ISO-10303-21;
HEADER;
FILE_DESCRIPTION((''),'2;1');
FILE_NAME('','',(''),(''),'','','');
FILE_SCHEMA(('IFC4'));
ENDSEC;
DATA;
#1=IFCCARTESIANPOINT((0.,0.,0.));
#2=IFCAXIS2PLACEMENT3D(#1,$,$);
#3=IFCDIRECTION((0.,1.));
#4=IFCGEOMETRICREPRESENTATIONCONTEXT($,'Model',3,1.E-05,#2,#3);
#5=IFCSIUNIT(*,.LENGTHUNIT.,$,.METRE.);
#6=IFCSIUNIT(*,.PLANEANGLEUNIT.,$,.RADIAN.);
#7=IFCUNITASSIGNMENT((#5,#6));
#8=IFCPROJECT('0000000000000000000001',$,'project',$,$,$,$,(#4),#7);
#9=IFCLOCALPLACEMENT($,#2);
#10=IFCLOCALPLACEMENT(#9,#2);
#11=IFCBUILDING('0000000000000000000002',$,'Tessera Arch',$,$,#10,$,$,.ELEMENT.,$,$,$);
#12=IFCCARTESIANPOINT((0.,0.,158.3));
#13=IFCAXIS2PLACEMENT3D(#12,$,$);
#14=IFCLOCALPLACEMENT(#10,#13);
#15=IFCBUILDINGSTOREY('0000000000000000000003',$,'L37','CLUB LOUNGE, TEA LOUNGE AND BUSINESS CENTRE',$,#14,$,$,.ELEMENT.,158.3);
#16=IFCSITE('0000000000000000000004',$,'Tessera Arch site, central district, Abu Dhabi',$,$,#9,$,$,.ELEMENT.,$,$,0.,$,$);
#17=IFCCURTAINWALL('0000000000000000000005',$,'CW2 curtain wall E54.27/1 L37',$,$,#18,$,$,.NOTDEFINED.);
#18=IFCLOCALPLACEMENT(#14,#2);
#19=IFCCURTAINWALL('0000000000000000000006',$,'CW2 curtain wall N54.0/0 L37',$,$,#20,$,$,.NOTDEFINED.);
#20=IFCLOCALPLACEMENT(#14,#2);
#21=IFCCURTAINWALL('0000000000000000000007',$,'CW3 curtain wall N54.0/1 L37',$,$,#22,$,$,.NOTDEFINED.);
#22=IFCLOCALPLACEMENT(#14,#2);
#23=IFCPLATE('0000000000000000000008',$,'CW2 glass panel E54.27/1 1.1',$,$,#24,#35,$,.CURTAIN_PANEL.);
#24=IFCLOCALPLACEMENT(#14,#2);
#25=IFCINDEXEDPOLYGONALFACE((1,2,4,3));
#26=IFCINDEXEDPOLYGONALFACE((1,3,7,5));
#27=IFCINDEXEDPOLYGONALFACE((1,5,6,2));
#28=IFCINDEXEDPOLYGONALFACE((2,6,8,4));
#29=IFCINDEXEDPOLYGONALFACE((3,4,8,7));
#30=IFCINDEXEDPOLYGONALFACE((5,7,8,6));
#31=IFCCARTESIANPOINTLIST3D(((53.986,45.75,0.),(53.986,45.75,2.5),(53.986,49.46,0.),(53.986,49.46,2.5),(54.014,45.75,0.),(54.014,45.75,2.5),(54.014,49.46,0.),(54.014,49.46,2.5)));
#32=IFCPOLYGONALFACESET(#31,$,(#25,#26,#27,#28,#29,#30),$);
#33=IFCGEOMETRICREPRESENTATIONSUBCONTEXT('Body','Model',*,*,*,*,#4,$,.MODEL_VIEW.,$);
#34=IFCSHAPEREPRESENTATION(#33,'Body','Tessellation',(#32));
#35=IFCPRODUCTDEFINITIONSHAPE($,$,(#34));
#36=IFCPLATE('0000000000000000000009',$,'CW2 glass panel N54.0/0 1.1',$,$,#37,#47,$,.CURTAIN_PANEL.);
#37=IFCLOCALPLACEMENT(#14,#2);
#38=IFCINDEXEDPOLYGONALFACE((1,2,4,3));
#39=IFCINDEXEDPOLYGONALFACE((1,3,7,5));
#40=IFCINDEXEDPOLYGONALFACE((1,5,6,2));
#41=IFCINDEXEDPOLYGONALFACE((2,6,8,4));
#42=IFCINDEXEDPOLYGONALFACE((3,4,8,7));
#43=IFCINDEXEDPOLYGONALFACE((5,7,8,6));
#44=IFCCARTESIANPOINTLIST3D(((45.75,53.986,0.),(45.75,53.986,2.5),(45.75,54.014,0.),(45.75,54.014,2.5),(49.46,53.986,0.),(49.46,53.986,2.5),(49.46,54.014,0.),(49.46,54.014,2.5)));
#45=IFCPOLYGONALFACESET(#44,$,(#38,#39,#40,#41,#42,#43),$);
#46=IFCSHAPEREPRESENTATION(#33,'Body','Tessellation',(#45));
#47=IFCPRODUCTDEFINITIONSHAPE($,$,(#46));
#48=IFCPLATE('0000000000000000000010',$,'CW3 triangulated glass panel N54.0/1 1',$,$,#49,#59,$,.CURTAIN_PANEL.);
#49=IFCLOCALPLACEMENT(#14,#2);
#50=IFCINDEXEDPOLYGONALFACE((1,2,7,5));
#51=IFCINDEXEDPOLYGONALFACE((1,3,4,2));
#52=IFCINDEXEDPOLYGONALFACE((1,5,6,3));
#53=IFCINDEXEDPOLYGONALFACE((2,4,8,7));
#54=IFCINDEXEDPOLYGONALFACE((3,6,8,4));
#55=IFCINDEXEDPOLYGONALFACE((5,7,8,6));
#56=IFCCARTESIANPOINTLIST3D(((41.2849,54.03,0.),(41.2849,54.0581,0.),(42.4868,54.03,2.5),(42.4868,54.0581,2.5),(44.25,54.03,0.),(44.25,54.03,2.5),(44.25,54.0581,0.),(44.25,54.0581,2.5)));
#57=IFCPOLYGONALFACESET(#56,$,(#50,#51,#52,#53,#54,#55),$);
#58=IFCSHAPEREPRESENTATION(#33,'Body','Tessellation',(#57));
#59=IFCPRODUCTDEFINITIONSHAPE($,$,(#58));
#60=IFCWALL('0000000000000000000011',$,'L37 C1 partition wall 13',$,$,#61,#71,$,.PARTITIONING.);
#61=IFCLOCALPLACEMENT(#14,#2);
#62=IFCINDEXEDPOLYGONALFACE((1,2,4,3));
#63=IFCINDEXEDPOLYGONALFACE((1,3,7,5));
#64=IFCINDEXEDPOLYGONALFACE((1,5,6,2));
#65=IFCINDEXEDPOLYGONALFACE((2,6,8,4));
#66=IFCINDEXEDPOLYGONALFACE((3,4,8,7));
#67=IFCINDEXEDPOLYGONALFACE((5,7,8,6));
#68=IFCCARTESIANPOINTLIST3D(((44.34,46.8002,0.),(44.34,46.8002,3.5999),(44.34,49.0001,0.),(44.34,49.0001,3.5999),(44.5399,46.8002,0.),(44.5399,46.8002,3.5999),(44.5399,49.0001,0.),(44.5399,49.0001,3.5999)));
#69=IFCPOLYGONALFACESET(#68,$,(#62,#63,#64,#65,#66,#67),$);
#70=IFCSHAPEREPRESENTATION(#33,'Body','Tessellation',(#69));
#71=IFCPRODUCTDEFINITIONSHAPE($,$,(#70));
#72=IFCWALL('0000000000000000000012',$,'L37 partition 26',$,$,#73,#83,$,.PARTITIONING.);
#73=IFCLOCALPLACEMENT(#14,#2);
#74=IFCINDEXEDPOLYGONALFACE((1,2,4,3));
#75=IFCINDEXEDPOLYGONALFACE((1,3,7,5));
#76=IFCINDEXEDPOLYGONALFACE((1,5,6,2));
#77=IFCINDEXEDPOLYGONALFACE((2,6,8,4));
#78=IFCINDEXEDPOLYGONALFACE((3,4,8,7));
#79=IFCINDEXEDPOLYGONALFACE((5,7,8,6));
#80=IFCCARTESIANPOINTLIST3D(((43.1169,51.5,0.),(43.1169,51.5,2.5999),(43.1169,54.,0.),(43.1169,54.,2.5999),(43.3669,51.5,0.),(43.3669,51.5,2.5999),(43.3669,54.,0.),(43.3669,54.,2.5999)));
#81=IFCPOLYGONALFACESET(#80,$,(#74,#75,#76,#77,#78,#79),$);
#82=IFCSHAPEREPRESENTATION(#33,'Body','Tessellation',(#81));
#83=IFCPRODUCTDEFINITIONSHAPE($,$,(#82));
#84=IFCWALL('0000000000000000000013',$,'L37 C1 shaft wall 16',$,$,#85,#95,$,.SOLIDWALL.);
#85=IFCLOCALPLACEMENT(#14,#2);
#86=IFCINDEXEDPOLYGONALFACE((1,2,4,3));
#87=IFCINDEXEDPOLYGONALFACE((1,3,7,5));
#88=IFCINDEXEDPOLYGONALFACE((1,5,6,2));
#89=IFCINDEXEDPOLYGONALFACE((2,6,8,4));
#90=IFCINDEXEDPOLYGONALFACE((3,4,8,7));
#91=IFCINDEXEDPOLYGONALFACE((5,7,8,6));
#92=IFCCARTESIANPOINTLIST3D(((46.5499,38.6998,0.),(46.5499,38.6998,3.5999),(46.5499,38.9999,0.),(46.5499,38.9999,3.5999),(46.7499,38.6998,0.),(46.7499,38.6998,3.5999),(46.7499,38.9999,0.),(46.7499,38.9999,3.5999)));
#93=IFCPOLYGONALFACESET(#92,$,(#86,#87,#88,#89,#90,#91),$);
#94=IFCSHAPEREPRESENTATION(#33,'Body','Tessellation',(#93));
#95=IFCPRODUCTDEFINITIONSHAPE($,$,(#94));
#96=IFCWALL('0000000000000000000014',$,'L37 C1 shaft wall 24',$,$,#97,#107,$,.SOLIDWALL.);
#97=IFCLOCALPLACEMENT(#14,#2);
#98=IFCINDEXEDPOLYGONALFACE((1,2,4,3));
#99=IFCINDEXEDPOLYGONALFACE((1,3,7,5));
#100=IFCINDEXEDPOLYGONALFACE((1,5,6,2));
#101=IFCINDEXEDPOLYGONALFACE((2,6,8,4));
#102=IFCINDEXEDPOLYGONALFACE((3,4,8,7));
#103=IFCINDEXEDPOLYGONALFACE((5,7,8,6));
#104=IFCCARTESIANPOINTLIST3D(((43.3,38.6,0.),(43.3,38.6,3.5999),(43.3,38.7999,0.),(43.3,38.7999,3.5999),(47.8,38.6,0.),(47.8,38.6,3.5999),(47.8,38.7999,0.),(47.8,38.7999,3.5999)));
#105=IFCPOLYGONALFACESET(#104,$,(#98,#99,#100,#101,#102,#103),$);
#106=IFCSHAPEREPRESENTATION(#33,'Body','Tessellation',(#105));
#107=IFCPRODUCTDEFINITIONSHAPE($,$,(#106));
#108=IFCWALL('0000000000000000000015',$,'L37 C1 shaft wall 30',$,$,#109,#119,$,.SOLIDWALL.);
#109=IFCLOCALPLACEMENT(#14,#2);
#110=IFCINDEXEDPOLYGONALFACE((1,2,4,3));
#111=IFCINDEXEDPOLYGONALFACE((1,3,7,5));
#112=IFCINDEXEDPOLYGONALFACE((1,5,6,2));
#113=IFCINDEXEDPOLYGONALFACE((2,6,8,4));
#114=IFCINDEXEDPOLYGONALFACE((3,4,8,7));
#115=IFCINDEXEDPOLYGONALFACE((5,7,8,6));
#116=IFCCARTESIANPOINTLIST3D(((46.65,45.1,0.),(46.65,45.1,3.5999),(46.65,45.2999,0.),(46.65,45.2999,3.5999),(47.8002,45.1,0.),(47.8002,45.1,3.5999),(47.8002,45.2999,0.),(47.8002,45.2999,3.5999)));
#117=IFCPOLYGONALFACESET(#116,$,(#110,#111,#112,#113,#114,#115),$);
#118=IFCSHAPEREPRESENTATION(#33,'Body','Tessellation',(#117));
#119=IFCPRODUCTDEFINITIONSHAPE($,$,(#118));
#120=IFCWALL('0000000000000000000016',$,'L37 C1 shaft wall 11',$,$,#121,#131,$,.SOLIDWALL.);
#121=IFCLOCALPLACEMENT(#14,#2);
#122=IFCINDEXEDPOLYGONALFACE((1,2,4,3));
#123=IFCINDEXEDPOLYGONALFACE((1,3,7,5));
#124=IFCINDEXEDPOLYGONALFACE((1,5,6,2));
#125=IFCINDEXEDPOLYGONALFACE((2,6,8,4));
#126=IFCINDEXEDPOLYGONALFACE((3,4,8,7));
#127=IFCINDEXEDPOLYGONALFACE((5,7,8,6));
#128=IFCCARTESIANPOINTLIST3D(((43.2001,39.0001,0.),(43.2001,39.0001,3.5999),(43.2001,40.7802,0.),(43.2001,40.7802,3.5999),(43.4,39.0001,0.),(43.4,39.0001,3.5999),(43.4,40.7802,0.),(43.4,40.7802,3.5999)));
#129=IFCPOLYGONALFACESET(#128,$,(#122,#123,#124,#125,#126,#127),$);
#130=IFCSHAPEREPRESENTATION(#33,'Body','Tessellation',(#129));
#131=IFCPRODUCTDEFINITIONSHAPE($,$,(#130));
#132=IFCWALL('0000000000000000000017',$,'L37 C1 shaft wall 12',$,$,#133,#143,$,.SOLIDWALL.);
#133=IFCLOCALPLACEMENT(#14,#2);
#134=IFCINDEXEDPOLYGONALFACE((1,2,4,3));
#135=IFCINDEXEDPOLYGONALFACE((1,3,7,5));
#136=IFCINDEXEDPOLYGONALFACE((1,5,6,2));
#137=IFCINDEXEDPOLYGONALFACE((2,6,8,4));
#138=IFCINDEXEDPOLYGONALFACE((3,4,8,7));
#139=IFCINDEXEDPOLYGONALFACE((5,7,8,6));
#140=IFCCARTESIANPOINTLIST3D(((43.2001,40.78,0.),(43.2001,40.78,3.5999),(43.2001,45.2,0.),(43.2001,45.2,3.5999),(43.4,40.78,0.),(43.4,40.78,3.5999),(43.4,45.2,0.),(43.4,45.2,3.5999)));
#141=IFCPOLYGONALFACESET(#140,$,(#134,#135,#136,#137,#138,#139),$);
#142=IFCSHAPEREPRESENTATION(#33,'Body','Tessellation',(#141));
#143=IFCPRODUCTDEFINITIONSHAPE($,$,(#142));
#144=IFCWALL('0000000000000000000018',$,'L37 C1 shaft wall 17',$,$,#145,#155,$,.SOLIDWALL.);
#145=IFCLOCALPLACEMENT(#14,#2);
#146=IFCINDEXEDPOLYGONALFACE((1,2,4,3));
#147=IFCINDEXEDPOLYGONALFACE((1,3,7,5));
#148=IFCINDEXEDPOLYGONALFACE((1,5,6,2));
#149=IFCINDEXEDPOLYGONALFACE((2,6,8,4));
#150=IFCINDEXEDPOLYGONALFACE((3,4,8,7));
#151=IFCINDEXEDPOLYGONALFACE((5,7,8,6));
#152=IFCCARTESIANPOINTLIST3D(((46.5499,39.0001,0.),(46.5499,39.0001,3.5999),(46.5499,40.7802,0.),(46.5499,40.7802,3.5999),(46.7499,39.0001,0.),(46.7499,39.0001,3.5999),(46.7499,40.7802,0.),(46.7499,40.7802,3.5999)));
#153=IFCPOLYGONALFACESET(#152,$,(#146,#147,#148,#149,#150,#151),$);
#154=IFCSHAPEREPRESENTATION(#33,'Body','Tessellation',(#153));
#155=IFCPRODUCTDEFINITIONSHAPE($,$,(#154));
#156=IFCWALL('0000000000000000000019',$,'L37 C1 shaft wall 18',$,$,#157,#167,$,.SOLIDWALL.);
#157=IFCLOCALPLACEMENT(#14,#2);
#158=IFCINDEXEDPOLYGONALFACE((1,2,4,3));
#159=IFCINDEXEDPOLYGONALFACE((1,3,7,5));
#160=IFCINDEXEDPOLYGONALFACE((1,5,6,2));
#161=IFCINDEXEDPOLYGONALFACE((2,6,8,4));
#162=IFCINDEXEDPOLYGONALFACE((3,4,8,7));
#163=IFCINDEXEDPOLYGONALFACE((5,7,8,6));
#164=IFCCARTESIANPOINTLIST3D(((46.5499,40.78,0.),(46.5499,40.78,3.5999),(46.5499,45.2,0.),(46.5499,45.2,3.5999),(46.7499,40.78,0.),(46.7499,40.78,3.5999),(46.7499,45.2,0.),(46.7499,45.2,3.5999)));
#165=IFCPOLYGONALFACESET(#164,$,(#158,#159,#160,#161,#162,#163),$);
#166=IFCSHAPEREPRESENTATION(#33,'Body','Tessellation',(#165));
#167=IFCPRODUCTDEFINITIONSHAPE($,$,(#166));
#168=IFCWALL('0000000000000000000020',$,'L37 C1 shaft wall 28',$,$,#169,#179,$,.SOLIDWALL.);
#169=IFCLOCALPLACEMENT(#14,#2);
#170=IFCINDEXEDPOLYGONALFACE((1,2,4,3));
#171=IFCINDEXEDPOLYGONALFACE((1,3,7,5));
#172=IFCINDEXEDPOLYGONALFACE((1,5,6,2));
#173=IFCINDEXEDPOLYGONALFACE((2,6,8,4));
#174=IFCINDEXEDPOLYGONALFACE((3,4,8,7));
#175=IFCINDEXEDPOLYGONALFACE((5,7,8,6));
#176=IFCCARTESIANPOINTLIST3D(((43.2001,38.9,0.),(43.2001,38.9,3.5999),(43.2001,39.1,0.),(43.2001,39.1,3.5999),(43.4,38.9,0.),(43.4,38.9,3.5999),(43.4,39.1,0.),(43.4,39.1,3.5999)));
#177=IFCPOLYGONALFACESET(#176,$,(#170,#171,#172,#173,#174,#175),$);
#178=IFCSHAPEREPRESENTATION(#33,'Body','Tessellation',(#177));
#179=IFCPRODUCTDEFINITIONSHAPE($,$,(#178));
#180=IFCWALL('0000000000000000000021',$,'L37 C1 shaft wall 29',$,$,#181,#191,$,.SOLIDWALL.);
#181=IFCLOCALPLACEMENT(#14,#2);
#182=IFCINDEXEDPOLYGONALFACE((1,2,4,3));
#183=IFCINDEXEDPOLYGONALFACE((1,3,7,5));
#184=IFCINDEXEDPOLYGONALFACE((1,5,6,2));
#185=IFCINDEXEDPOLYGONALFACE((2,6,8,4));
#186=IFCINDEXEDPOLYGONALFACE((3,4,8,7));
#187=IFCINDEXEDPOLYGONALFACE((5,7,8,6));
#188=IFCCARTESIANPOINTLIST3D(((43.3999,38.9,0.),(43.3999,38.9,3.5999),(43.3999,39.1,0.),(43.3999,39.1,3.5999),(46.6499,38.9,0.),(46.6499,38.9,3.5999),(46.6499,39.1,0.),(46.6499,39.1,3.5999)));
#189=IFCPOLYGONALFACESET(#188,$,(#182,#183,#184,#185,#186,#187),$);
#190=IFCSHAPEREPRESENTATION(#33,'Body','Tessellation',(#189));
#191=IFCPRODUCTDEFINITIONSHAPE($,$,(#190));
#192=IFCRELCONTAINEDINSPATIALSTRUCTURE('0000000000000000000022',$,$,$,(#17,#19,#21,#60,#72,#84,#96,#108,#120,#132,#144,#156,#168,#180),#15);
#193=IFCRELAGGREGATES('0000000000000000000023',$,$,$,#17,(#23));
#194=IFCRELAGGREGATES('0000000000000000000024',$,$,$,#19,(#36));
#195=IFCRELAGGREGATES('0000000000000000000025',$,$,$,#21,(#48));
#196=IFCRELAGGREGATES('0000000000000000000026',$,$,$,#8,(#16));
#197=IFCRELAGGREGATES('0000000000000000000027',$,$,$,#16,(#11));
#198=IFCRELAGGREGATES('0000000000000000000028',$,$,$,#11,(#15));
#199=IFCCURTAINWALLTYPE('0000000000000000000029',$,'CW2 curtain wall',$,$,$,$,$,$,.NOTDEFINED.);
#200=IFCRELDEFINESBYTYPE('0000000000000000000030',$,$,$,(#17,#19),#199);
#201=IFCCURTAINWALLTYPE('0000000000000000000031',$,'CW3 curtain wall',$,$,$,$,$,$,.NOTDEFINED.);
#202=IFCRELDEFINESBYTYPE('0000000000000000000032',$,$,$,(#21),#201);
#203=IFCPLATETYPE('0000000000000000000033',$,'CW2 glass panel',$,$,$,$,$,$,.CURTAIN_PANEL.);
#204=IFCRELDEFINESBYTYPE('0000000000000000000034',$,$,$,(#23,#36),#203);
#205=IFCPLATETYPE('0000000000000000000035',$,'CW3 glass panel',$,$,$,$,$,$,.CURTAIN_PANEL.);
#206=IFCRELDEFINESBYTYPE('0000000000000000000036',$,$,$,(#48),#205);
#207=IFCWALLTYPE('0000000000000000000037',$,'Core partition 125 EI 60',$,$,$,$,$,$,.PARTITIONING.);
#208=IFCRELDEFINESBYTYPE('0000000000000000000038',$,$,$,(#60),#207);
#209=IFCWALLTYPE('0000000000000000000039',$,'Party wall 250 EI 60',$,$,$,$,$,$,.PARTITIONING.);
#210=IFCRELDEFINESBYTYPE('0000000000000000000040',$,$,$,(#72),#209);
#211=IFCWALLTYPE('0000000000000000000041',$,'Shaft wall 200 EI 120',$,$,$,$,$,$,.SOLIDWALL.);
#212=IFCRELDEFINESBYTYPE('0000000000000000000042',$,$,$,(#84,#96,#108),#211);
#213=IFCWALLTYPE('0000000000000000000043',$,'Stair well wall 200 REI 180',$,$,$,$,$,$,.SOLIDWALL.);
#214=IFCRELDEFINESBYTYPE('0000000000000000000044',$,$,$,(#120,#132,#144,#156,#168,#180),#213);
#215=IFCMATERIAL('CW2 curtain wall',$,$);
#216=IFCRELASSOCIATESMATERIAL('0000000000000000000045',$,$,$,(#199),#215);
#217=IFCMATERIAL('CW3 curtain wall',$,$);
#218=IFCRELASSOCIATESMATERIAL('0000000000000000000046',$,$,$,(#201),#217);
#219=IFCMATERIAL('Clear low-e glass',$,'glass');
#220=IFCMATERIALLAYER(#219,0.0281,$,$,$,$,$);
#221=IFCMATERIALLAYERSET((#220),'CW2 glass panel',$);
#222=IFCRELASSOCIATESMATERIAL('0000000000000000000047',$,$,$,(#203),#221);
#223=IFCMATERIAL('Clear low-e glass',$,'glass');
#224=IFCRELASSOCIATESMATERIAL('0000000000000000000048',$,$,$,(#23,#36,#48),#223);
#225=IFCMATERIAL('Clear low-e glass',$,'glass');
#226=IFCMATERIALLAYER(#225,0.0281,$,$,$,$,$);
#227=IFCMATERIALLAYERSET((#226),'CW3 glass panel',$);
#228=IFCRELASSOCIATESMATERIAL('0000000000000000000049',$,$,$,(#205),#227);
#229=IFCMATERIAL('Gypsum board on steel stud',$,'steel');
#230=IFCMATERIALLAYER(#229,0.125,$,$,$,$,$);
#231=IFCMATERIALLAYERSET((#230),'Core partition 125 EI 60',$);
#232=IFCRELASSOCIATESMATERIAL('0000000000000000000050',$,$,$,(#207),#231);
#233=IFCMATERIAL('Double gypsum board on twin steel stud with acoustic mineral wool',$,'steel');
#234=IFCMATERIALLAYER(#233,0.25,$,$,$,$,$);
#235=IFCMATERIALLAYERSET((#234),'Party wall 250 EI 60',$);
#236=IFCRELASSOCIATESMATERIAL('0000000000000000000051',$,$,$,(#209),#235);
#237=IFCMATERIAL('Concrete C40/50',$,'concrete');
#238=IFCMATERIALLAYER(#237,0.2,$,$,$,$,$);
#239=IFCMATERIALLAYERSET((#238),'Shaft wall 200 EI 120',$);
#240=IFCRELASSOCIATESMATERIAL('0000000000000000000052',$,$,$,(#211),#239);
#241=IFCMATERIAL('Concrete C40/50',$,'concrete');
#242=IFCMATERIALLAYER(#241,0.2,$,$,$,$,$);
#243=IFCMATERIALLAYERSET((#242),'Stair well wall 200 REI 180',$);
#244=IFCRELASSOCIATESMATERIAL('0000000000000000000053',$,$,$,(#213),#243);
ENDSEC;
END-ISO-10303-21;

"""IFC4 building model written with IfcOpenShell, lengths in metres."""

from ifc_helpers import new_model, si_unit, direction, frame, frame_2d, origin, origin_2d, place, context, subcontext, project, spatial, polyline, rectangle, outline, extrude, material, layer, layer_set, type_object, element, aggregate, save


model = new_model("IFC4")

# Units and contexts
model_context = context("Model", 3, precision=1e-05, world=origin(), true_north=direction((0.0, 1.0)))
body_context = subcontext(model_context, "Body", "Model", "MODEL_VIEW")
ifc_project = project(units=[si_unit("LENGTHUNIT", "METRE"), si_unit("PLANEANGLEUNIT", "RADIAN")], contexts=[model_context])

# Site, building, storey
site_placement = place(None, origin())
site = spatial("IfcSite", under=ifc_project, at=site_placement, Name="Tessera Arch site, central district, Abu Dhabi", CompositionType="ELEMENT", RefElevation=0.0)
building_placement = place(site_placement, origin())
building = spatial("IfcBuilding", under=site, at=building_placement, Name="Tessera Arch", CompositionType="ELEMENT")
storey_placement = place(building_placement, frame((0.0, 0.0, 158.3)))
storey = spatial("IfcBuildingStorey", under=building, at=storey_placement, Name="L37", Description="CLUB LOUNGE, TEA LOUNGE AND BUSINESS CENTRE", CompositionType="ELEMENT", Elevation=158.3)

# Curtain walls
ifc_material_1 = material(Name="CW2 curtain wall")
curtain_wall_type_1 = type_object("IfcCurtainWallType", Name="CW2 curtain wall", PredefinedType="NOTDEFINED", material=ifc_material_1)
curtain_wall_1_placement = place(storey_placement, origin())
curtain_wall_1 = element("IfcCurtainWall", 1, at=curtain_wall_1_placement, inside=storey, type_object=curtain_wall_type_1, Name="CW2 curtain wall E54.27/1 L37", PredefinedType="NOTDEFINED")
curtain_wall_2_placement = place(storey_placement, origin())
curtain_wall_2 = element("IfcCurtainWall", 2, at=curtain_wall_2_placement, inside=storey, type_object=curtain_wall_type_1, Name="CW2 curtain wall N54.0/0 L37", PredefinedType="NOTDEFINED")
ifc_material_2 = material(Name="CW3 curtain wall")
curtain_wall_type_2 = type_object("IfcCurtainWallType", Name="CW3 curtain wall", PredefinedType="NOTDEFINED", material=ifc_material_2)
curtain_wall_3_placement = place(storey_placement, origin())
curtain_wall_3 = element("IfcCurtainWall", 3, at=curtain_wall_3_placement, inside=storey, type_object=curtain_wall_type_2, Name="CW3 curtain wall N54.0/1 L37", PredefinedType="NOTDEFINED")

# Plates
ifc_material_3 = material(Name="Clear low-e glass", Category="glass")
ifc_material_4 = material(Name="Clear low-e glass", Category="glass")
ifc_layer_1 = layer(ifc_material_4, 0.0281)
ifc_layer_set_1 = layer_set([ifc_layer_1], Name="CW2 glass panel")
plate_type_1 = type_object("IfcPlateType", Name="CW2 glass panel", PredefinedType="CURTAIN_PANEL", material=ifc_layer_set_1)
plate_1_placement = place(storey_placement, frame((54.0, 47.605, 0.0), z_axis=(0.0, 0.0, 1.0), x_axis=(0.0, 1.0, 0.0)))
plate_1 = element("IfcPlate", 4, at=plate_1_placement, type_object=plate_type_1, material=ifc_material_3, Name="CW2 glass panel E54.27/1 1.1", PredefinedType="CURTAIN_PANEL", context=body_context, shape_type="SweptSolid", body=[
    extrude(rectangle(XDim=3.71, YDim=0.0281, at=origin_2d()), origin(), (0.0, 0.0, 1.0), 2.5),
])
aggregate(curtain_wall_1, [plate_1])
plate_2_placement = place(storey_placement, frame((47.605, 54.0, 0.0), z_axis=(0.0, 0.0, 1.0), x_axis=(-1.0, 0.0, 0.0)))
plate_2 = element("IfcPlate", 5, at=plate_2_placement, type_object=plate_type_1, material=ifc_material_3, Name="CW2 glass panel N54.0/0 1.1", PredefinedType="CURTAIN_PANEL", context=body_context, shape_type="SweptSolid", body=[
    extrude(rectangle(XDim=3.71, YDim=0.0281, at=origin_2d()), origin(), (0.0, 0.0, 1.0), 2.5),
])
aggregate(curtain_wall_2, [plate_2])
ifc_material_5 = material(Name="Clear low-e glass", Category="glass")
ifc_layer_2 = layer(ifc_material_5, 0.0281)
ifc_layer_set_2 = layer_set([ifc_layer_2], Name="CW3 glass panel")
plate_type_2 = type_object("IfcPlateType", Name="CW3 glass panel", PredefinedType="CURTAIN_PANEL", material=ifc_layer_set_2)
plate_3_placement = place(storey_placement, frame((44.25, 54.0581, 0.0), z_axis=(0.0, 1.0, 0.0), x_axis=(-1.0, 0.0, 0.0)))
plate_3 = element("IfcPlate", 6, at=plate_3_placement, type_object=plate_type_2, material=ifc_material_3, Name="CW3 triangulated glass panel N54.0/1 1", PredefinedType="CURTAIN_PANEL", context=body_context, shape_type="SweptSolid", body=[
    extrude(outline(polyline([(0.0, 0.0), (2.9651, 0.0), (1.7632, 2.5), (0.0, 2.5), (0.0, 0.0)])), origin(), (0.0, 0.0, -1.0), 0.0281),
])
aggregate(curtain_wall_3, [plate_3])

# Walls
ifc_material_6 = material(Name="Gypsum board on steel stud", Category="steel")
ifc_layer_3 = layer(ifc_material_6, 0.125)
ifc_layer_set_3 = layer_set([ifc_layer_3], Name="Core partition 125 EI 60")
wall_type_1 = type_object("IfcWallType", Name="Core partition 125 EI 60", PredefinedType="PARTITIONING", material=ifc_layer_set_3)
wall_1_placement = place(storey_placement, frame((44.4399, 46.8, 0.0), z_axis=(0.0, 0.0, 1.0), x_axis=(0.0, 1.0, 0.0)))
element("IfcWall", 7, at=wall_1_placement, inside=storey, type_object=wall_type_1, Name="L37 C1 partition wall 13", PredefinedType="PARTITIONING", context=body_context, shape_type="SweptSolid", body=[
    extrude(rectangle(XDim=2.2, YDim=0.2, at=frame_2d((1.1001, 0.0))), origin(), (0.0, 0.0, 1.0), 3.5999),
])
ifc_material_7 = material(Name="Double gypsum board on twin steel stud with acoustic mineral wool", Category="steel")
ifc_layer_4 = layer(ifc_material_7, 0.25)
ifc_layer_set_4 = layer_set([ifc_layer_4], Name="Party wall 250 EI 60")
wall_type_2 = type_object("IfcWallType", Name="Party wall 250 EI 60", PredefinedType="PARTITIONING", material=ifc_layer_set_4)
wall_2_placement = place(storey_placement, frame((43.2419, 51.5, 0.0), z_axis=(0.0, 0.0, 1.0), x_axis=(0.0, 1.0, 0.0)))
element("IfcWall", 8, at=wall_2_placement, inside=storey, type_object=wall_type_2, Name="L37 partition 26", PredefinedType="PARTITIONING", context=body_context, shape_type="SweptSolid", body=[
    extrude(rectangle(XDim=2.5, YDim=0.25, at=frame_2d((1.25, 0.0))), origin(), (0.0, 0.0, 1.0), 2.5999),
])
ifc_material_8 = material(Name="Concrete C40/50", Category="concrete")
ifc_layer_5 = layer(ifc_material_8, 0.2)
ifc_layer_set_5 = layer_set([ifc_layer_5], Name="Shaft wall 200 EI 120")
wall_type_3 = type_object("IfcWallType", Name="Shaft wall 200 EI 120", PredefinedType="SOLIDWALL", material=ifc_layer_set_5)
wall_3_placement = place(storey_placement, frame((46.6499, 38.7, 0.0), z_axis=(0.0, 0.0, 1.0), x_axis=(0.0, 1.0, 0.0)))
element("IfcWall", 9, at=wall_3_placement, inside=storey, type_object=wall_type_3, Name="L37 C1 shaft wall 16", PredefinedType="SOLIDWALL", context=body_context, shape_type="SweptSolid", body=[
    extrude(rectangle(XDim=0.3, YDim=0.2, at=frame_2d((0.1499, 0.0))), origin(), (0.0, 0.0, 1.0), 3.5999),
])
wall_4_placement = place(storey_placement, frame((43.3, 38.7, 0.0), z_axis=(0.0, 0.0, 1.0), x_axis=(1.0, 0.0, 0.0)))
element("IfcWall", 10, at=wall_4_placement, inside=storey, type_object=wall_type_3, Name="L37 C1 shaft wall 24", PredefinedType="SOLIDWALL", context=body_context, shape_type="SweptSolid", body=[
    extrude(rectangle(XDim=4.5, YDim=0.2, at=frame_2d((2.25, 0.0))), origin(), (0.0, 0.0, 1.0), 3.5999),
])
wall_5_placement = place(storey_placement, frame((46.6499, 45.2, 0.0), z_axis=(0.0, 0.0, 1.0), x_axis=(1.0, 0.0, 0.0)))
element("IfcWall", 11, at=wall_5_placement, inside=storey, type_object=wall_type_3, Name="L37 C1 shaft wall 30", PredefinedType="SOLIDWALL", context=body_context, shape_type="SweptSolid", body=[
    extrude(rectangle(XDim=1.1501, YDim=0.2, at=frame_2d((0.5752, 0.0))), origin(), (0.0, 0.0, 1.0), 3.5999),
])
ifc_material_9 = material(Name="Concrete C40/50", Category="concrete")
ifc_layer_6 = layer(ifc_material_9, 0.2)
ifc_layer_set_6 = layer_set([ifc_layer_6], Name="Stair well wall 200 REI 180")
wall_type_4 = type_object("IfcWallType", Name="Stair well wall 200 REI 180", PredefinedType="SOLIDWALL", material=ifc_layer_set_6)
wall_6_placement = place(storey_placement, frame((43.3, 39.0, 0.0), z_axis=(0.0, 0.0, 1.0), x_axis=(0.0, 1.0, 0.0)))
element("IfcWall", 12, at=wall_6_placement, inside=storey, type_object=wall_type_4, Name="L37 C1 shaft wall 11", PredefinedType="SOLIDWALL", context=body_context, shape_type="SweptSolid", body=[
    extrude(rectangle(XDim=1.78, YDim=0.2, at=frame_2d((0.8901, 0.0))), origin(), (0.0, 0.0, 1.0), 3.5999),
])
wall_7_placement = place(storey_placement, frame((43.3, 40.78, 0.0), z_axis=(0.0, 0.0, 1.0), x_axis=(0.0, 1.0, 0.0)))
element("IfcWall", 13, at=wall_7_placement, inside=storey, type_object=wall_type_4, Name="L37 C1 shaft wall 12", PredefinedType="SOLIDWALL", context=body_context, shape_type="SweptSolid", body=[
    extrude(rectangle(XDim=4.4199, YDim=0.2, at=frame_2d((2.21, 0.0))), origin(), (0.0, 0.0, 1.0), 3.5999),
])
wall_8_placement = place(storey_placement, frame((46.6499, 39.0, 0.0), z_axis=(0.0, 0.0, 1.0), x_axis=(0.0, 1.0, 0.0)))
element("IfcWall", 14, at=wall_8_placement, inside=storey, type_object=wall_type_4, Name="L37 C1 shaft wall 17", PredefinedType="SOLIDWALL", context=body_context, shape_type="SweptSolid", body=[
    extrude(rectangle(XDim=1.78, YDim=0.2, at=frame_2d((0.8901, 0.0))), origin(), (0.0, 0.0, 1.0), 3.5999),
])
wall_9_placement = place(storey_placement, frame((46.6499, 40.78, 0.0), z_axis=(0.0, 0.0, 1.0), x_axis=(0.0, 1.0, 0.0)))
element("IfcWall", 15, at=wall_9_placement, inside=storey, type_object=wall_type_4, Name="L37 C1 shaft wall 18", PredefinedType="SOLIDWALL", context=body_context, shape_type="SweptSolid", body=[
    extrude(rectangle(XDim=4.4199, YDim=0.2, at=frame_2d((2.21, 0.0))), origin(), (0.0, 0.0, 1.0), 3.5999),
])
wall_10_placement = place(storey_placement, frame((43.2, 39.0, 0.0), z_axis=(0.0, 0.0, 1.0), x_axis=(1.0, 0.0, 0.0)))
element("IfcWall", 16, at=wall_10_placement, inside=storey, type_object=wall_type_4, Name="L37 C1 shaft wall 28", PredefinedType="SOLIDWALL", context=body_context, shape_type="SweptSolid", body=[
    extrude(rectangle(XDim=0.2, YDim=0.2, at=frame_2d((0.1001, 0.0))), origin(), (0.0, 0.0, 1.0), 3.5999),
])
wall_11_placement = place(storey_placement, frame((43.3999, 39.0, 0.0), z_axis=(0.0, 0.0, 1.0), x_axis=(1.0, 0.0, 0.0)))
element("IfcWall", 17, at=wall_11_placement, inside=storey, type_object=wall_type_4, Name="L37 C1 shaft wall 29", PredefinedType="SOLIDWALL", context=body_context, shape_type="SweptSolid", body=[
    extrude(rectangle(XDim=3.25, YDim=0.2, at=frame_2d((1.625, 0.0))), origin(), (0.0, 0.0, 1.0), 3.5999),
])

save(model, "model.ifc")
